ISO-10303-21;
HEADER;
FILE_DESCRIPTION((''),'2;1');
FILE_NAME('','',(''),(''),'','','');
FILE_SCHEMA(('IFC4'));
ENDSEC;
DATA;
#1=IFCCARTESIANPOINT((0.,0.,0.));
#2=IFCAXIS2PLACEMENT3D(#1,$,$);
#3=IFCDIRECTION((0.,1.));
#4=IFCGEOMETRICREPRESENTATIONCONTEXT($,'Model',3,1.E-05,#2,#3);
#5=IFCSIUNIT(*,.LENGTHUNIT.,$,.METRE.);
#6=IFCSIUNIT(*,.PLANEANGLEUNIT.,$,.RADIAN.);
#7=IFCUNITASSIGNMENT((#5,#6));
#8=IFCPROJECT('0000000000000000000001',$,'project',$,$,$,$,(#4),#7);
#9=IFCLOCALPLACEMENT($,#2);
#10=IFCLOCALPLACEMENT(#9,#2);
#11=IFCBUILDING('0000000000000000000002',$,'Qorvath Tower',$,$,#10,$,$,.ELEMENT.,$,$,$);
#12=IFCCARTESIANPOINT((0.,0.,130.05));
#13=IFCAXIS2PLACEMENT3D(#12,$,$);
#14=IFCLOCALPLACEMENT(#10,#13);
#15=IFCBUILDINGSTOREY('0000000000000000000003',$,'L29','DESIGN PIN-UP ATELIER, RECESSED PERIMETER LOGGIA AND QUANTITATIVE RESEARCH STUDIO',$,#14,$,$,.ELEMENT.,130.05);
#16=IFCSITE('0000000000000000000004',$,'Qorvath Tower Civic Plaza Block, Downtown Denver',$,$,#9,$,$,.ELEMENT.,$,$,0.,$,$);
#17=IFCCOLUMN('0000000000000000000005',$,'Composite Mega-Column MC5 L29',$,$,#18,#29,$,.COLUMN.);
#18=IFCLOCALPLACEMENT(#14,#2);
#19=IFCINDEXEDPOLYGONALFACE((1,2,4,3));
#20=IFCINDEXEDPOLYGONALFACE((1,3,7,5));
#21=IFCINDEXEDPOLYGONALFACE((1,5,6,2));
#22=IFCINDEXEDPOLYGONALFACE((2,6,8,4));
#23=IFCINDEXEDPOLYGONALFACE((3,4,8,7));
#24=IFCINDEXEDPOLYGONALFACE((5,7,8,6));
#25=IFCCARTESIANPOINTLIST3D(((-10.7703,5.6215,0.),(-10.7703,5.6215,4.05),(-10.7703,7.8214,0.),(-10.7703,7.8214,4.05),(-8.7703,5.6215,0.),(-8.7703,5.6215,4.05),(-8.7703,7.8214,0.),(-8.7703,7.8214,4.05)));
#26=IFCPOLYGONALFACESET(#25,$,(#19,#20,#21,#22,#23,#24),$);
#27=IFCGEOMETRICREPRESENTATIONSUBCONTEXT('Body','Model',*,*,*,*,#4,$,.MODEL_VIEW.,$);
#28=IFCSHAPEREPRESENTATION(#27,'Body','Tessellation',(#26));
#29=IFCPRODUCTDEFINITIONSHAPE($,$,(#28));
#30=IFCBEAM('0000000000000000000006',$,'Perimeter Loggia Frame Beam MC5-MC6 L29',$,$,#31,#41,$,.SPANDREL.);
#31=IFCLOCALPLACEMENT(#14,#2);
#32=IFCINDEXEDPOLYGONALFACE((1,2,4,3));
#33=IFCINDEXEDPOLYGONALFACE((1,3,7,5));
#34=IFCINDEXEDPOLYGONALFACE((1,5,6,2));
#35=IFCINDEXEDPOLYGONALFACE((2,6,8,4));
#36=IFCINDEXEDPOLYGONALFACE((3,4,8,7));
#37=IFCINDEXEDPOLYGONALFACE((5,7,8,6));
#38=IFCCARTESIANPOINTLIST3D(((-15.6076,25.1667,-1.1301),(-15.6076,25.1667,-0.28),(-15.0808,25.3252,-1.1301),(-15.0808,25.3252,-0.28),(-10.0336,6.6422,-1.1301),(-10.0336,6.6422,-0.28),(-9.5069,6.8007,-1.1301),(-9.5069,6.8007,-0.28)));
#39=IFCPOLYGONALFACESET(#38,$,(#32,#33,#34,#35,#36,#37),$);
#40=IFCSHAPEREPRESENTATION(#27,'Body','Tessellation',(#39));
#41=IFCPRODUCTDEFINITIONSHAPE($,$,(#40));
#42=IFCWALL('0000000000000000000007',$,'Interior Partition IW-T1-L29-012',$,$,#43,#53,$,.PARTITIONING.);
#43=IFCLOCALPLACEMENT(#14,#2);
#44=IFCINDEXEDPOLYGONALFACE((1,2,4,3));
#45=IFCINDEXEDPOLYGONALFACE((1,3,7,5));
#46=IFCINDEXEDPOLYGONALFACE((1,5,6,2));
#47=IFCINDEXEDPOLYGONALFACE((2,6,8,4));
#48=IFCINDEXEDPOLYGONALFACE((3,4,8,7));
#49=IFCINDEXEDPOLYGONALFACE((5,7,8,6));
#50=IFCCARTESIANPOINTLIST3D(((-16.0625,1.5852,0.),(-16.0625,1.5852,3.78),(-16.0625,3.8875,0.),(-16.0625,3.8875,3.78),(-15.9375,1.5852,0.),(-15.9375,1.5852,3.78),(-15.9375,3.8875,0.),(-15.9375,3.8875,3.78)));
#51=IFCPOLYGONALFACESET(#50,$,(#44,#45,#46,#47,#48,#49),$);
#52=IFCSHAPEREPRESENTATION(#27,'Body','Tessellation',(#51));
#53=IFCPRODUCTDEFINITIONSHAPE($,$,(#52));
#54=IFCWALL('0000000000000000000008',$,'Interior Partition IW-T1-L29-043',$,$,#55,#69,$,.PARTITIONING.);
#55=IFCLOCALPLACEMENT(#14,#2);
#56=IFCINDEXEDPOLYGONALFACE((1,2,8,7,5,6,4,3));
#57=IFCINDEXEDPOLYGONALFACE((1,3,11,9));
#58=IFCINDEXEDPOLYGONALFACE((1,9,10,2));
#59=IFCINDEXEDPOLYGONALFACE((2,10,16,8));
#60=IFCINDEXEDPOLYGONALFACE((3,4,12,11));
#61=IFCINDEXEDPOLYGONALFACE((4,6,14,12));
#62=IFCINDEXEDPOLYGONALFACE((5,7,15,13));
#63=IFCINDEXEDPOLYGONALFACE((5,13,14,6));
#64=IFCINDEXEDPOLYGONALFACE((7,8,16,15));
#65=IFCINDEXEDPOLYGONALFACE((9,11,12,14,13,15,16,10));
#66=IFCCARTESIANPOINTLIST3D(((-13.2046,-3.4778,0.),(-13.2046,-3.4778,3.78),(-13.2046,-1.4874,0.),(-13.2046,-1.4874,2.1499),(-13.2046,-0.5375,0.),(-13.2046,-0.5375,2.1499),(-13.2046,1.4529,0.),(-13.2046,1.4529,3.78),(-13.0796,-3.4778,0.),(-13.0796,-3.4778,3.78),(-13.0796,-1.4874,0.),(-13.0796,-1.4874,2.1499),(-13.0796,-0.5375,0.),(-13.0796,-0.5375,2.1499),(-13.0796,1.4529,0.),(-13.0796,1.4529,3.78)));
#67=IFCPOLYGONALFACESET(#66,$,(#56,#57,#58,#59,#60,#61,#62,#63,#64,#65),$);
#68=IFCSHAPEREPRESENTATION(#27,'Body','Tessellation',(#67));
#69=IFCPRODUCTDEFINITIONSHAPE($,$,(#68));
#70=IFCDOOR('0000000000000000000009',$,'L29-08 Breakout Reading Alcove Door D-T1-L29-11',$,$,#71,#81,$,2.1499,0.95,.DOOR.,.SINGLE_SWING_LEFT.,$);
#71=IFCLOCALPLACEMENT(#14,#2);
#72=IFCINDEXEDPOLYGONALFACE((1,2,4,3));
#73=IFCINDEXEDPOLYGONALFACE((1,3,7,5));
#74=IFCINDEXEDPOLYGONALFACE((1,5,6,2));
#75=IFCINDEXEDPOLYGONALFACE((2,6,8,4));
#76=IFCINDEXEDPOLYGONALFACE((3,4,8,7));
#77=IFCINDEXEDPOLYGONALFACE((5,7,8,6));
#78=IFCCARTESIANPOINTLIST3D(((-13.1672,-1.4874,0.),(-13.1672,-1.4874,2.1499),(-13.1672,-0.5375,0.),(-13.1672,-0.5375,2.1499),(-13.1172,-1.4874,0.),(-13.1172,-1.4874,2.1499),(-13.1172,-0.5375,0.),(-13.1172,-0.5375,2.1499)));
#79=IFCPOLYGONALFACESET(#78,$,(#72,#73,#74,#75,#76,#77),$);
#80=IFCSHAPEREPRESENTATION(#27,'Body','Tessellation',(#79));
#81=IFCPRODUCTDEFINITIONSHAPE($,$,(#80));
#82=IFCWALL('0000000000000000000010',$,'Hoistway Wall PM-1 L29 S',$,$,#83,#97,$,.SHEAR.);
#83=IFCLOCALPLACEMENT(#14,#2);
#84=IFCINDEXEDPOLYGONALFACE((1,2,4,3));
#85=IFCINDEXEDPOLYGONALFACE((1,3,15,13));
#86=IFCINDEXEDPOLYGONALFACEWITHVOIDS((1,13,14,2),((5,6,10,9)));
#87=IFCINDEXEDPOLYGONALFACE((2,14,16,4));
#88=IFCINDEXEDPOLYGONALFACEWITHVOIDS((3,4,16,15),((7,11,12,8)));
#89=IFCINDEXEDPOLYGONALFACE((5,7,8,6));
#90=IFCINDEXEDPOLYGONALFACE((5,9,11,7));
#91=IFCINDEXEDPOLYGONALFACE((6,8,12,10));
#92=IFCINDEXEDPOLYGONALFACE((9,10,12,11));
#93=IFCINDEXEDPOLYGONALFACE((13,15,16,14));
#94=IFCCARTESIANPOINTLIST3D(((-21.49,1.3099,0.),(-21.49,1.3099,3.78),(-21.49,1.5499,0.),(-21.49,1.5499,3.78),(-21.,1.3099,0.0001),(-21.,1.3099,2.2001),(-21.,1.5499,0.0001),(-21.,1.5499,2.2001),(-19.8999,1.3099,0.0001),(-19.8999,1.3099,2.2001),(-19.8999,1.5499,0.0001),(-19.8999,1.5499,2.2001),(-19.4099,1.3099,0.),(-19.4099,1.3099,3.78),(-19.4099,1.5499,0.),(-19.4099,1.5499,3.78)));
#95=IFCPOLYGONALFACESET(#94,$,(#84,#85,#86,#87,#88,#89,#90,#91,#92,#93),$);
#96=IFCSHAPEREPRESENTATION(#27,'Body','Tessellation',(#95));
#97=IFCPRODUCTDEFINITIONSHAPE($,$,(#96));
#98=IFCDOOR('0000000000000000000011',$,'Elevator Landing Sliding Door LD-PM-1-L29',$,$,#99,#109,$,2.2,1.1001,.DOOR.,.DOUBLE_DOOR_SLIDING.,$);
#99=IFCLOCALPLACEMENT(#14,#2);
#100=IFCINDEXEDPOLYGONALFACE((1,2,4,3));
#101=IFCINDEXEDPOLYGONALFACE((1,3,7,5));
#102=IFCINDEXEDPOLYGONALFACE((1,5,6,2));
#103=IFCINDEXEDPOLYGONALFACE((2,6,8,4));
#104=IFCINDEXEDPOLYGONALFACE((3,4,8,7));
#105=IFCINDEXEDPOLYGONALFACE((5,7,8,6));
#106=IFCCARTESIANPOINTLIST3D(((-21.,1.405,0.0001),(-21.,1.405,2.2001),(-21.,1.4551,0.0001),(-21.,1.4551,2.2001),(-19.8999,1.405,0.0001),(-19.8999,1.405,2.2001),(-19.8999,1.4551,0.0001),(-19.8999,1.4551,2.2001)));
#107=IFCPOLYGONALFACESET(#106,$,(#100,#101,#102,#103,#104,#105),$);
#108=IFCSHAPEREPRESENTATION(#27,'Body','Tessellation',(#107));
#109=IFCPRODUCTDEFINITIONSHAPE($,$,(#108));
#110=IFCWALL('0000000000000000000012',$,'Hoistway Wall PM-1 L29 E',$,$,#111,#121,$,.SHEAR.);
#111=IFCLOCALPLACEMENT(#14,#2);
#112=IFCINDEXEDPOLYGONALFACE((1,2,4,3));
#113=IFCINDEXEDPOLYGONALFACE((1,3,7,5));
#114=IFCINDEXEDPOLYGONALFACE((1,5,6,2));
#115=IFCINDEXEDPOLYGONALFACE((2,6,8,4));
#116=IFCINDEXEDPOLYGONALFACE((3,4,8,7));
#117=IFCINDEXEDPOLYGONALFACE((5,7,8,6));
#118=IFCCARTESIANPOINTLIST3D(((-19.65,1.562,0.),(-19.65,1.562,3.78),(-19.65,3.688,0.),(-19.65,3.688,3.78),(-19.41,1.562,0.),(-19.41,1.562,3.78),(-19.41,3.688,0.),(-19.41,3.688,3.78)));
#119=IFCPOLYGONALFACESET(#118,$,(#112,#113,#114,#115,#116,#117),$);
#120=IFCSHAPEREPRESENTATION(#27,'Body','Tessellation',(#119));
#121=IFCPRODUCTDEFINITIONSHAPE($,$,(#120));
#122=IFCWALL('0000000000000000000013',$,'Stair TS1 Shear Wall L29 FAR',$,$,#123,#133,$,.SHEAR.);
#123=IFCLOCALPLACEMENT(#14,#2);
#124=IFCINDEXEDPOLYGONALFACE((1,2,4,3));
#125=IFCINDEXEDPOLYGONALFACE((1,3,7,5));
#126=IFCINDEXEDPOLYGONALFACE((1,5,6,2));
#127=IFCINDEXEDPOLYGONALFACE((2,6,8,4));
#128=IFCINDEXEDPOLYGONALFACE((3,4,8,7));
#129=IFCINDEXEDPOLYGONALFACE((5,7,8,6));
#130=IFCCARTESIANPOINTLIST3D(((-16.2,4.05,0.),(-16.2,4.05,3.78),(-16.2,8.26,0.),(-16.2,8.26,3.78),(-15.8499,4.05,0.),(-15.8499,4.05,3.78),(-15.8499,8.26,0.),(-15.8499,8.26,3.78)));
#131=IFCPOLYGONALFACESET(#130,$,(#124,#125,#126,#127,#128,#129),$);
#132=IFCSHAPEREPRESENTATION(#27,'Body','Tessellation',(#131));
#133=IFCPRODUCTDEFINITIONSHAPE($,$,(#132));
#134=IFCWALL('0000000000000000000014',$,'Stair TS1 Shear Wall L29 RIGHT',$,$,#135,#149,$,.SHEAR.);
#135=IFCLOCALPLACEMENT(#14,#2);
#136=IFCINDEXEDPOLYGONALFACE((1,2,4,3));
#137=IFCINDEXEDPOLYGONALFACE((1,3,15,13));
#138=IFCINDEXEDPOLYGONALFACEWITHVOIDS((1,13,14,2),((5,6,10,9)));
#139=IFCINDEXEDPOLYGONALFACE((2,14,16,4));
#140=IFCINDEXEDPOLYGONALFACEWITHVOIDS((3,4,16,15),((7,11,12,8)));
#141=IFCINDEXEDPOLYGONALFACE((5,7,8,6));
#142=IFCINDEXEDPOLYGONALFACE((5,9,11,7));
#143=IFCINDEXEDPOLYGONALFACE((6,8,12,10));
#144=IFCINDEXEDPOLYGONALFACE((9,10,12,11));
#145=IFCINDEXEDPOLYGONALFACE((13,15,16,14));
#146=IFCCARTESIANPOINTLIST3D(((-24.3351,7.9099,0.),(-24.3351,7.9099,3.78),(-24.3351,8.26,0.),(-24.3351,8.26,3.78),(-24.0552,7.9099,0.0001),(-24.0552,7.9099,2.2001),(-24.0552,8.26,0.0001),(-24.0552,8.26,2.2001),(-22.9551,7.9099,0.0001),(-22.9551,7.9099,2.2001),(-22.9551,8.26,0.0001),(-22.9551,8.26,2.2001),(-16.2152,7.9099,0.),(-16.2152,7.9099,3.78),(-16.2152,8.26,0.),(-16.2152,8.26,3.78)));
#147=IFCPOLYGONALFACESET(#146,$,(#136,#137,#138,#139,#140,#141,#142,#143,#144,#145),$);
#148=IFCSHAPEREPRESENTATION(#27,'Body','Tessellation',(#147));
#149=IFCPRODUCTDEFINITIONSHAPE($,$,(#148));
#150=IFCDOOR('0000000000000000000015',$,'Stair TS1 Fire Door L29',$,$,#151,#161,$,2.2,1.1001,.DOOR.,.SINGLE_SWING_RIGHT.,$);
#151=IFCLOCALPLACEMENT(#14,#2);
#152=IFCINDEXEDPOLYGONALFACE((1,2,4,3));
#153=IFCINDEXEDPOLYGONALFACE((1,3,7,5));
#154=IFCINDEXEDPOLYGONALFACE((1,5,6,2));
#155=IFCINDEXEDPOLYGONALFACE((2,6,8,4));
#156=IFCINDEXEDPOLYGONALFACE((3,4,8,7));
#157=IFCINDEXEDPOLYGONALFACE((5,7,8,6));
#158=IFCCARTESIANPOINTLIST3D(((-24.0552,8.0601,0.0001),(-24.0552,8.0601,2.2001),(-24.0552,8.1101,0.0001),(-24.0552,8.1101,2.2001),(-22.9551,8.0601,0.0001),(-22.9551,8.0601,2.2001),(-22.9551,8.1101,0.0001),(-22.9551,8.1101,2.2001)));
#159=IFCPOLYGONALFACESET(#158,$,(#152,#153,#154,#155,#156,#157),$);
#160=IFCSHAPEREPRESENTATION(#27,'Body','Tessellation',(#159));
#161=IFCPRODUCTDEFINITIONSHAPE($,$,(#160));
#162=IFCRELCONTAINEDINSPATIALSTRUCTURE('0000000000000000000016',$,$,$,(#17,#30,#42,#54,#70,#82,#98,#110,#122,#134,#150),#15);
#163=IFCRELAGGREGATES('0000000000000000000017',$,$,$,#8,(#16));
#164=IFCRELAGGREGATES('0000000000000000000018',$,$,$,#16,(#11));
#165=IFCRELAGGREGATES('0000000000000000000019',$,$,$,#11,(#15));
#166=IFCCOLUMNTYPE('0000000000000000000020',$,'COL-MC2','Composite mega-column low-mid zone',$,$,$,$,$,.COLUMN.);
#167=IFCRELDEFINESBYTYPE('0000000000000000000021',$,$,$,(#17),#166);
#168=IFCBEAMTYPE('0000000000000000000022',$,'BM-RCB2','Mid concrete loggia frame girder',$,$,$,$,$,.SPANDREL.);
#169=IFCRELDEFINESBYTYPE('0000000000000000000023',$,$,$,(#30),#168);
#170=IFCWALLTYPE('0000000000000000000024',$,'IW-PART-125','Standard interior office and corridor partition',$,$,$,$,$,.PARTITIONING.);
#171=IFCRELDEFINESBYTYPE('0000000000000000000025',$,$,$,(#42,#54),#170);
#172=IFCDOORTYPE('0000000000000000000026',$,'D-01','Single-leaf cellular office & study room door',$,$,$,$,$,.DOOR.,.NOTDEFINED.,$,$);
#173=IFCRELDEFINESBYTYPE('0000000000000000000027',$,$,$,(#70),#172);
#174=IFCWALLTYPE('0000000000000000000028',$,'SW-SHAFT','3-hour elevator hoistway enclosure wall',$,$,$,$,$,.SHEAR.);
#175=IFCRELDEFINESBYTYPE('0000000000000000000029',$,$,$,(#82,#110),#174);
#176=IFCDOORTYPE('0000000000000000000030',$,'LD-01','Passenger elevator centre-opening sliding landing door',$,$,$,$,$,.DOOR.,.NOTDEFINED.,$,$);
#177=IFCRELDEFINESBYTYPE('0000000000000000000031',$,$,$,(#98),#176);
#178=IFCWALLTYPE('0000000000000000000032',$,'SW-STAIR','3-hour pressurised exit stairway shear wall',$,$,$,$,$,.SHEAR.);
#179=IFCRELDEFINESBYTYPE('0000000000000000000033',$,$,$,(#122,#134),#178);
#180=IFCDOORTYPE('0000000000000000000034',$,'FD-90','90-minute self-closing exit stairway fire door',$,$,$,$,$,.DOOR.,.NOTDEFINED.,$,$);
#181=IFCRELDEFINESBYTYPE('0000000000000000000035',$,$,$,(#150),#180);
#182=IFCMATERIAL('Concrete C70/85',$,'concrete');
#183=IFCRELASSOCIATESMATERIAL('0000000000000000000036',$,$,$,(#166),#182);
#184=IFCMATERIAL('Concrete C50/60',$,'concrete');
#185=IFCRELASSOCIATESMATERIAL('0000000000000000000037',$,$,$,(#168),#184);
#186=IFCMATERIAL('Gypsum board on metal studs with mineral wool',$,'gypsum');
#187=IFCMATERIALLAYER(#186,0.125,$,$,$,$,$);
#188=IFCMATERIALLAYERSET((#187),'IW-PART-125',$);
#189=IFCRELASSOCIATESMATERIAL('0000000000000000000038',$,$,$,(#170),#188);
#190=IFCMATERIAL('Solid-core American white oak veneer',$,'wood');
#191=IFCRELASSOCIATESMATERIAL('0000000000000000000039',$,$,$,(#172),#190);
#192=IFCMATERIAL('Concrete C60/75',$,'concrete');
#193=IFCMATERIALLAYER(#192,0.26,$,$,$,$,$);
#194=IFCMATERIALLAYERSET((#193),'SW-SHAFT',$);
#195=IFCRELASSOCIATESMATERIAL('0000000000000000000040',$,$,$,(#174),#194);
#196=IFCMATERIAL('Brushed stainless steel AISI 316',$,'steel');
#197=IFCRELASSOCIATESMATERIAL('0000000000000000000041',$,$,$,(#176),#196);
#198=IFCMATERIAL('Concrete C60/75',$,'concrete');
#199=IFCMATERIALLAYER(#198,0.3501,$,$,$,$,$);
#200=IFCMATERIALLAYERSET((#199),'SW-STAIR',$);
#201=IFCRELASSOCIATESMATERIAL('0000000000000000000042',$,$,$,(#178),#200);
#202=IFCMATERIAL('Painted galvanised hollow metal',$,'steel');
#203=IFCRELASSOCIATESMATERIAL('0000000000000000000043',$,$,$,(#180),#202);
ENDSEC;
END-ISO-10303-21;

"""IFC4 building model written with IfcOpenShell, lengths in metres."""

from ifc_helpers import new_model, si_unit, direction, frame, frame_2d, origin, origin_2d, place, context, subcontext, project, spatial, rectangle, extrude, material, layer, layer_set, material_profile, profile_set, type_object, element, fill, save


model = new_model("IFC4")

# Units and contexts
model_context = context("Model", 3, precision=1e-05, world=origin(), true_north=direction((0.0, 1.0)))
body_context = subcontext(model_context, "Body", "Model", "MODEL_VIEW")
ifc_project = project(units=[si_unit("LENGTHUNIT", "METRE"), si_unit("PLANEANGLEUNIT", "RADIAN")], contexts=[model_context])

# Site, building, storey
site_placement = place(None, origin())
site = spatial("IfcSite", under=ifc_project, at=site_placement, Name="Qorvath Tower Civic Plaza Block, Downtown Denver", CompositionType="ELEMENT", RefElevation=0.0)
building_placement = place(site_placement, origin())
building = spatial("IfcBuilding", under=site, at=building_placement, Name="Qorvath Tower", CompositionType="ELEMENT")
storey_placement = place(building_placement, frame((0.0, 0.0, 130.05)))
storey = spatial("IfcBuildingStorey", under=building, at=storey_placement, Name="L29", Description="DESIGN PIN-UP ATELIER, RECESSED PERIMETER LOGGIA AND QUANTITATIVE RESEARCH STUDIO", CompositionType="ELEMENT", Elevation=130.05)

# Column
ifc_material_1 = material(Name="Concrete C70/85", Category="concrete")
ifc_material_profile_1 = material_profile(ifc_material_1, rectangle(XDim=2.0, YDim=2.2, at=origin_2d()), Name="MC 2200x2000")
ifc_profile_set_1 = profile_set([ifc_material_profile_1], Name="Concrete C70/85")
column_type = type_object("IfcColumnType", Name="COL-MC2", Description="Composite mega-column low-mid zone", PredefinedType="COLUMN", material=ifc_profile_set_1)
column_placement = place(storey_placement, frame((-9.7703, 6.7214, 0.0), z_axis=(0.0, 0.0, 1.0), x_axis=(1.0, 0.0, 0.0)))
element("IfcColumn", 1, at=column_placement, inside=storey, type_object=column_type, Name="Composite Mega-Column MC5 L29", PredefinedType="COLUMN", context=body_context, shape_type="SweptSolid", body=[
    extrude(rectangle(XDim=2.0, YDim=2.2, at=origin_2d()), origin(), (0.0, 0.0, 1.0), 4.05),
])

# Beam
ifc_material_2 = material(Name="Concrete C50/60", Category="concrete")
ifc_material_profile_2 = material_profile(ifc_material_2, rectangle(XDim=0.55, YDim=0.8501, at=origin_2d()), Name="RCB 850x550")
ifc_profile_set_2 = profile_set([ifc_material_profile_2], Name="Concrete C50/60")
beam_type = type_object("IfcBeamType", Name="BM-RCB2", Description="Mid concrete loggia frame girder", PredefinedType="SPANDREL", material=ifc_profile_set_2)
beam_placement = place(storey_placement, frame((-9.7703, 6.7214, -0.7051), z_axis=(-0.288134, 0.95759, 0.0), x_axis=(-0.95759, -0.288134, 0.0)))
element("IfcBeam", 2, at=beam_placement, inside=storey, type_object=beam_type, Name="Perimeter Loggia Frame Beam MC5-MC6 L29", PredefinedType="SPANDREL", context=body_context, shape_type="SweptSolid", body=[
    extrude(rectangle(XDim=0.55, YDim=0.8501, at=origin_2d()), origin(), (0.0, 0.0, 1.0), 19.345),
])

# Shared definitions
ifc_material_3 = material(Name="Gypsum board on metal studs with mineral wool", Category="gypsum")
ifc_layer_1 = layer(ifc_material_3, 0.125)
ifc_layer_set_1 = layer_set([ifc_layer_1], Name="IW-PART-125")
wall_type_1 = type_object("IfcWallType", Name="IW-PART-125", Description="Standard interior office and corridor partition", PredefinedType="PARTITIONING", material=ifc_layer_set_1)
ifc_material_4 = material(Name="Solid-core American white oak veneer", Category="wood")
door_type_1 = type_object("IfcDoorType", Name="D-01", Description="Single-leaf cellular office & study room door", OperationType="NOTDEFINED", PredefinedType="DOOR", material=ifc_material_4)

# Wall
wall_1_placement = place(storey_placement, frame((-16.0, 1.5852, 0.0), z_axis=(0.0, 0.0, 1.0), x_axis=(0.0, 1.0, 0.0)))
element("IfcWall", 3, at=wall_1_placement, inside=storey, type_object=wall_type_1, Name="Interior Partition IW-T1-L29-012", PredefinedType="PARTITIONING", context=body_context, shape_type="SweptSolid", body=[
    extrude(rectangle(XDim=2.3022, YDim=0.125, at=frame_2d((1.1511, 0.0))), origin(), (0.0, 0.0, 1.0), 3.78),
])

# Walls, openings, doors
wall_2_placement = place(storey_placement, frame((-13.1421, 1.4529, 0.0), z_axis=(0.0, 0.0, 1.0), x_axis=(0.0, -1.0, 0.0)))
wall_2 = element("IfcWall", 4, at=wall_2_placement, inside=storey, type_object=wall_type_1, Name="Interior Partition IW-T1-L29-043", PredefinedType="PARTITIONING", context=body_context, shape_type="SweptSolid", body=[
    extrude(rectangle(XDim=4.9307, YDim=0.125, at=frame_2d((2.4653, 0.0))), origin(), (0.0, 0.0, 1.0), 3.78),
])
opening_1_placement = place(wall_2_placement, frame((1.9902, 0.0, 0.0)))
opening_1 = element("IfcOpeningElement", 5, at=opening_1_placement, cuts=wall_2, PredefinedType="OPENING", context=body_context, shape_type="SweptSolid", body=[
    extrude(rectangle(XDim=0.95, YDim=2.1499, at=frame_2d((0.4751, 1.075))), frame((0.0, 0.0725, 0.0), z_axis=(0.0, -1.0, 0.0), x_axis=(1.0, 0.0, 0.0)), (0.0, 0.0, 1.0), 0.145),
])
door_1_placement = place(opening_1_placement, origin())
door_1 = element("IfcDoor", 6, at=door_1_placement, inside=storey, type_object=door_type_1, Name="L29-08 Breakout Reading Alcove Door D-T1-L29-11", OperationType="SINGLE_SWING_LEFT", OverallHeight=2.1499, OverallWidth=0.95, PredefinedType="DOOR", context=body_context, shape_type="SweptSolid", body=[
    extrude(rectangle(XDim=0.95, YDim=2.1499, at=frame_2d((0.4751, 1.075))), frame((0.0, 0.0249, 0.0), z_axis=(0.0, -1.0, 0.0), x_axis=(1.0, 0.0, 0.0)), (0.0, 0.0, 1.0), 0.05),
])
fill(opening_1, door_1)
ifc_material_5 = material(Name="Concrete C60/75", Category="concrete")
ifc_layer_2 = layer(ifc_material_5, 0.26)
ifc_layer_set_2 = layer_set([ifc_layer_2], Name="SW-SHAFT")
wall_type_2 = type_object("IfcWallType", Name="SW-SHAFT", Description="3-hour elevator hoistway enclosure wall", PredefinedType="SHEAR", material=ifc_layer_set_2)
wall_3_placement = place(storey_placement, frame((-19.4099, 1.4299, 0.0), z_axis=(0.0, 0.0, 1.0), x_axis=(-1.0, 0.0, 0.0)))
wall_3 = element("IfcWall", 7, at=wall_3_placement, inside=storey, type_object=wall_type_2, Name="Hoistway Wall PM-1 L29 S", PredefinedType="SHEAR", context=body_context, shape_type="SweptSolid", body=[
    extrude(rectangle(XDim=2.0801, YDim=0.24, at=frame_2d((1.04, 0.0))), origin(), (0.0, 0.0, 1.0), 3.78),
])
opening_2_placement = place(wall_3_placement, frame((0.49, 0.0, 0.0)))
opening_2 = element("IfcOpeningElement", 8, at=opening_2_placement, cuts=wall_3, PredefinedType="OPENING", context=body_context, shape_type="SweptSolid", body=[
    extrude(rectangle(XDim=1.1001, YDim=2.2, at=frame_2d((0.55, 1.1001))), frame((0.0, 0.1299, 0.0), z_axis=(0.0, -1.0, 0.0), x_axis=(1.0, 0.0, 0.0)), (0.0, 0.0, 1.0), 0.26),
])
ifc_material_6 = material(Name="Brushed stainless steel AISI 316", Category="steel")
door_type_2 = type_object("IfcDoorType", Name="LD-01", Description="Passenger elevator centre-opening sliding landing door", OperationType="NOTDEFINED", PredefinedType="DOOR", material=ifc_material_6)
door_2_placement = place(opening_2_placement, origin())
door_2 = element("IfcDoor", 9, at=door_2_placement, inside=storey, type_object=door_type_2, Name="Elevator Landing Sliding Door LD-PM-1-L29", OperationType="DOUBLE_DOOR_SLIDING", OverallHeight=2.2, OverallWidth=1.1001, PredefinedType="DOOR", context=body_context, shape_type="SweptSolid", body=[
    extrude(rectangle(XDim=1.1001, YDim=2.2, at=frame_2d((0.55, 1.1001))), frame((0.0, 0.0249, 0.0), z_axis=(0.0, -1.0, 0.0), x_axis=(1.0, 0.0, 0.0)), (0.0, 0.0, 1.0), 0.05),
])
fill(opening_2, door_2)

# Walls
wall_4_placement = place(storey_placement, frame((-19.53, 3.688, 0.0), z_axis=(0.0, 0.0, 1.0), x_axis=(0.0, -1.0, 0.0)))
element("IfcWall", 10, at=wall_4_placement, inside=storey, type_object=wall_type_2, Name="Hoistway Wall PM-1 L29 E", PredefinedType="SHEAR", context=body_context, shape_type="SweptSolid", body=[
    extrude(rectangle(XDim=2.126, YDim=0.24, at=frame_2d((1.063, 0.0))), origin(), (0.0, 0.0, 1.0), 3.78),
])
ifc_material_7 = material(Name="Concrete C60/75", Category="concrete")
ifc_layer_3 = layer(ifc_material_7, 0.3501)
ifc_layer_set_3 = layer_set([ifc_layer_3], Name="SW-STAIR")
wall_type_3 = type_object("IfcWallType", Name="SW-STAIR", Description="3-hour pressurised exit stairway shear wall", PredefinedType="SHEAR", material=ifc_layer_set_3)
wall_5_placement = place(storey_placement, frame((-16.0249, 4.05, 0.0), z_axis=(0.0, 0.0, 1.0), x_axis=(0.0, 1.0, 0.0)))
element("IfcWall", 11, at=wall_5_placement, inside=storey, type_object=wall_type_3, Name="Stair TS1 Shear Wall L29 FAR", PredefinedType="SHEAR", context=body_context, shape_type="SweptSolid", body=[
    extrude(rectangle(XDim=4.21, YDim=0.3501, at=frame_2d((2.105, 0.0))), origin(), (0.0, 0.0, 1.0), 3.78),
])

# Wall, opening, door
wall_6_placement = place(storey_placement, frame((-16.2151, 8.085, 0.0), z_axis=(0.0, 0.0, 1.0), x_axis=(-1.0, 0.0, 0.0)))
wall_6 = element("IfcWall", 12, at=wall_6_placement, inside=storey, type_object=wall_type_3, Name="Stair TS1 Shear Wall L29 RIGHT", PredefinedType="SHEAR", context=body_context, shape_type="SweptSolid", body=[
    extrude(rectangle(XDim=8.1199, YDim=0.3501, at=frame_2d((4.0601, 0.0))), origin(), (0.0, 0.0, 1.0), 3.78),
])
opening_3_placement = place(wall_6_placement, frame((6.74, 0.0, 0.0)))
opening_3 = element("IfcOpeningElement", 13, at=opening_3_placement, cuts=wall_6, PredefinedType="OPENING", context=body_context, shape_type="SweptSolid", body=[
    extrude(rectangle(XDim=1.1001, YDim=2.2, at=frame_2d((0.55, 1.1001))), frame((0.0, 0.1851, 0.0), z_axis=(0.0, -1.0, 0.0), x_axis=(1.0, 0.0, 0.0)), (0.0, 0.0, 1.0), 0.3701),
])
ifc_material_8 = material(Name="Painted galvanised hollow metal", Category="steel")
door_type_3 = type_object("IfcDoorType", Name="FD-90", Description="90-minute self-closing exit stairway fire door", OperationType="NOTDEFINED", PredefinedType="DOOR", material=ifc_material_8)
door_3_placement = place(opening_3_placement, origin())
door_3 = element("IfcDoor", 14, at=door_3_placement, inside=storey, type_object=door_type_3, Name="Stair TS1 Fire Door L29", OperationType="SINGLE_SWING_RIGHT", OverallHeight=2.2, OverallWidth=1.1001, PredefinedType="DOOR", context=body_context, shape_type="SweptSolid", body=[
    extrude(rectangle(XDim=1.1001, YDim=2.2, at=frame_2d((0.55, 1.1001))), frame((0.0, 0.0249, 0.0), z_axis=(0.0, -1.0, 0.0), x_axis=(1.0, 0.0, 0.0)), (0.0, 0.0, 1.0), 0.05),
])
fill(opening_3, door_3)

save(model, "model.ifc")
